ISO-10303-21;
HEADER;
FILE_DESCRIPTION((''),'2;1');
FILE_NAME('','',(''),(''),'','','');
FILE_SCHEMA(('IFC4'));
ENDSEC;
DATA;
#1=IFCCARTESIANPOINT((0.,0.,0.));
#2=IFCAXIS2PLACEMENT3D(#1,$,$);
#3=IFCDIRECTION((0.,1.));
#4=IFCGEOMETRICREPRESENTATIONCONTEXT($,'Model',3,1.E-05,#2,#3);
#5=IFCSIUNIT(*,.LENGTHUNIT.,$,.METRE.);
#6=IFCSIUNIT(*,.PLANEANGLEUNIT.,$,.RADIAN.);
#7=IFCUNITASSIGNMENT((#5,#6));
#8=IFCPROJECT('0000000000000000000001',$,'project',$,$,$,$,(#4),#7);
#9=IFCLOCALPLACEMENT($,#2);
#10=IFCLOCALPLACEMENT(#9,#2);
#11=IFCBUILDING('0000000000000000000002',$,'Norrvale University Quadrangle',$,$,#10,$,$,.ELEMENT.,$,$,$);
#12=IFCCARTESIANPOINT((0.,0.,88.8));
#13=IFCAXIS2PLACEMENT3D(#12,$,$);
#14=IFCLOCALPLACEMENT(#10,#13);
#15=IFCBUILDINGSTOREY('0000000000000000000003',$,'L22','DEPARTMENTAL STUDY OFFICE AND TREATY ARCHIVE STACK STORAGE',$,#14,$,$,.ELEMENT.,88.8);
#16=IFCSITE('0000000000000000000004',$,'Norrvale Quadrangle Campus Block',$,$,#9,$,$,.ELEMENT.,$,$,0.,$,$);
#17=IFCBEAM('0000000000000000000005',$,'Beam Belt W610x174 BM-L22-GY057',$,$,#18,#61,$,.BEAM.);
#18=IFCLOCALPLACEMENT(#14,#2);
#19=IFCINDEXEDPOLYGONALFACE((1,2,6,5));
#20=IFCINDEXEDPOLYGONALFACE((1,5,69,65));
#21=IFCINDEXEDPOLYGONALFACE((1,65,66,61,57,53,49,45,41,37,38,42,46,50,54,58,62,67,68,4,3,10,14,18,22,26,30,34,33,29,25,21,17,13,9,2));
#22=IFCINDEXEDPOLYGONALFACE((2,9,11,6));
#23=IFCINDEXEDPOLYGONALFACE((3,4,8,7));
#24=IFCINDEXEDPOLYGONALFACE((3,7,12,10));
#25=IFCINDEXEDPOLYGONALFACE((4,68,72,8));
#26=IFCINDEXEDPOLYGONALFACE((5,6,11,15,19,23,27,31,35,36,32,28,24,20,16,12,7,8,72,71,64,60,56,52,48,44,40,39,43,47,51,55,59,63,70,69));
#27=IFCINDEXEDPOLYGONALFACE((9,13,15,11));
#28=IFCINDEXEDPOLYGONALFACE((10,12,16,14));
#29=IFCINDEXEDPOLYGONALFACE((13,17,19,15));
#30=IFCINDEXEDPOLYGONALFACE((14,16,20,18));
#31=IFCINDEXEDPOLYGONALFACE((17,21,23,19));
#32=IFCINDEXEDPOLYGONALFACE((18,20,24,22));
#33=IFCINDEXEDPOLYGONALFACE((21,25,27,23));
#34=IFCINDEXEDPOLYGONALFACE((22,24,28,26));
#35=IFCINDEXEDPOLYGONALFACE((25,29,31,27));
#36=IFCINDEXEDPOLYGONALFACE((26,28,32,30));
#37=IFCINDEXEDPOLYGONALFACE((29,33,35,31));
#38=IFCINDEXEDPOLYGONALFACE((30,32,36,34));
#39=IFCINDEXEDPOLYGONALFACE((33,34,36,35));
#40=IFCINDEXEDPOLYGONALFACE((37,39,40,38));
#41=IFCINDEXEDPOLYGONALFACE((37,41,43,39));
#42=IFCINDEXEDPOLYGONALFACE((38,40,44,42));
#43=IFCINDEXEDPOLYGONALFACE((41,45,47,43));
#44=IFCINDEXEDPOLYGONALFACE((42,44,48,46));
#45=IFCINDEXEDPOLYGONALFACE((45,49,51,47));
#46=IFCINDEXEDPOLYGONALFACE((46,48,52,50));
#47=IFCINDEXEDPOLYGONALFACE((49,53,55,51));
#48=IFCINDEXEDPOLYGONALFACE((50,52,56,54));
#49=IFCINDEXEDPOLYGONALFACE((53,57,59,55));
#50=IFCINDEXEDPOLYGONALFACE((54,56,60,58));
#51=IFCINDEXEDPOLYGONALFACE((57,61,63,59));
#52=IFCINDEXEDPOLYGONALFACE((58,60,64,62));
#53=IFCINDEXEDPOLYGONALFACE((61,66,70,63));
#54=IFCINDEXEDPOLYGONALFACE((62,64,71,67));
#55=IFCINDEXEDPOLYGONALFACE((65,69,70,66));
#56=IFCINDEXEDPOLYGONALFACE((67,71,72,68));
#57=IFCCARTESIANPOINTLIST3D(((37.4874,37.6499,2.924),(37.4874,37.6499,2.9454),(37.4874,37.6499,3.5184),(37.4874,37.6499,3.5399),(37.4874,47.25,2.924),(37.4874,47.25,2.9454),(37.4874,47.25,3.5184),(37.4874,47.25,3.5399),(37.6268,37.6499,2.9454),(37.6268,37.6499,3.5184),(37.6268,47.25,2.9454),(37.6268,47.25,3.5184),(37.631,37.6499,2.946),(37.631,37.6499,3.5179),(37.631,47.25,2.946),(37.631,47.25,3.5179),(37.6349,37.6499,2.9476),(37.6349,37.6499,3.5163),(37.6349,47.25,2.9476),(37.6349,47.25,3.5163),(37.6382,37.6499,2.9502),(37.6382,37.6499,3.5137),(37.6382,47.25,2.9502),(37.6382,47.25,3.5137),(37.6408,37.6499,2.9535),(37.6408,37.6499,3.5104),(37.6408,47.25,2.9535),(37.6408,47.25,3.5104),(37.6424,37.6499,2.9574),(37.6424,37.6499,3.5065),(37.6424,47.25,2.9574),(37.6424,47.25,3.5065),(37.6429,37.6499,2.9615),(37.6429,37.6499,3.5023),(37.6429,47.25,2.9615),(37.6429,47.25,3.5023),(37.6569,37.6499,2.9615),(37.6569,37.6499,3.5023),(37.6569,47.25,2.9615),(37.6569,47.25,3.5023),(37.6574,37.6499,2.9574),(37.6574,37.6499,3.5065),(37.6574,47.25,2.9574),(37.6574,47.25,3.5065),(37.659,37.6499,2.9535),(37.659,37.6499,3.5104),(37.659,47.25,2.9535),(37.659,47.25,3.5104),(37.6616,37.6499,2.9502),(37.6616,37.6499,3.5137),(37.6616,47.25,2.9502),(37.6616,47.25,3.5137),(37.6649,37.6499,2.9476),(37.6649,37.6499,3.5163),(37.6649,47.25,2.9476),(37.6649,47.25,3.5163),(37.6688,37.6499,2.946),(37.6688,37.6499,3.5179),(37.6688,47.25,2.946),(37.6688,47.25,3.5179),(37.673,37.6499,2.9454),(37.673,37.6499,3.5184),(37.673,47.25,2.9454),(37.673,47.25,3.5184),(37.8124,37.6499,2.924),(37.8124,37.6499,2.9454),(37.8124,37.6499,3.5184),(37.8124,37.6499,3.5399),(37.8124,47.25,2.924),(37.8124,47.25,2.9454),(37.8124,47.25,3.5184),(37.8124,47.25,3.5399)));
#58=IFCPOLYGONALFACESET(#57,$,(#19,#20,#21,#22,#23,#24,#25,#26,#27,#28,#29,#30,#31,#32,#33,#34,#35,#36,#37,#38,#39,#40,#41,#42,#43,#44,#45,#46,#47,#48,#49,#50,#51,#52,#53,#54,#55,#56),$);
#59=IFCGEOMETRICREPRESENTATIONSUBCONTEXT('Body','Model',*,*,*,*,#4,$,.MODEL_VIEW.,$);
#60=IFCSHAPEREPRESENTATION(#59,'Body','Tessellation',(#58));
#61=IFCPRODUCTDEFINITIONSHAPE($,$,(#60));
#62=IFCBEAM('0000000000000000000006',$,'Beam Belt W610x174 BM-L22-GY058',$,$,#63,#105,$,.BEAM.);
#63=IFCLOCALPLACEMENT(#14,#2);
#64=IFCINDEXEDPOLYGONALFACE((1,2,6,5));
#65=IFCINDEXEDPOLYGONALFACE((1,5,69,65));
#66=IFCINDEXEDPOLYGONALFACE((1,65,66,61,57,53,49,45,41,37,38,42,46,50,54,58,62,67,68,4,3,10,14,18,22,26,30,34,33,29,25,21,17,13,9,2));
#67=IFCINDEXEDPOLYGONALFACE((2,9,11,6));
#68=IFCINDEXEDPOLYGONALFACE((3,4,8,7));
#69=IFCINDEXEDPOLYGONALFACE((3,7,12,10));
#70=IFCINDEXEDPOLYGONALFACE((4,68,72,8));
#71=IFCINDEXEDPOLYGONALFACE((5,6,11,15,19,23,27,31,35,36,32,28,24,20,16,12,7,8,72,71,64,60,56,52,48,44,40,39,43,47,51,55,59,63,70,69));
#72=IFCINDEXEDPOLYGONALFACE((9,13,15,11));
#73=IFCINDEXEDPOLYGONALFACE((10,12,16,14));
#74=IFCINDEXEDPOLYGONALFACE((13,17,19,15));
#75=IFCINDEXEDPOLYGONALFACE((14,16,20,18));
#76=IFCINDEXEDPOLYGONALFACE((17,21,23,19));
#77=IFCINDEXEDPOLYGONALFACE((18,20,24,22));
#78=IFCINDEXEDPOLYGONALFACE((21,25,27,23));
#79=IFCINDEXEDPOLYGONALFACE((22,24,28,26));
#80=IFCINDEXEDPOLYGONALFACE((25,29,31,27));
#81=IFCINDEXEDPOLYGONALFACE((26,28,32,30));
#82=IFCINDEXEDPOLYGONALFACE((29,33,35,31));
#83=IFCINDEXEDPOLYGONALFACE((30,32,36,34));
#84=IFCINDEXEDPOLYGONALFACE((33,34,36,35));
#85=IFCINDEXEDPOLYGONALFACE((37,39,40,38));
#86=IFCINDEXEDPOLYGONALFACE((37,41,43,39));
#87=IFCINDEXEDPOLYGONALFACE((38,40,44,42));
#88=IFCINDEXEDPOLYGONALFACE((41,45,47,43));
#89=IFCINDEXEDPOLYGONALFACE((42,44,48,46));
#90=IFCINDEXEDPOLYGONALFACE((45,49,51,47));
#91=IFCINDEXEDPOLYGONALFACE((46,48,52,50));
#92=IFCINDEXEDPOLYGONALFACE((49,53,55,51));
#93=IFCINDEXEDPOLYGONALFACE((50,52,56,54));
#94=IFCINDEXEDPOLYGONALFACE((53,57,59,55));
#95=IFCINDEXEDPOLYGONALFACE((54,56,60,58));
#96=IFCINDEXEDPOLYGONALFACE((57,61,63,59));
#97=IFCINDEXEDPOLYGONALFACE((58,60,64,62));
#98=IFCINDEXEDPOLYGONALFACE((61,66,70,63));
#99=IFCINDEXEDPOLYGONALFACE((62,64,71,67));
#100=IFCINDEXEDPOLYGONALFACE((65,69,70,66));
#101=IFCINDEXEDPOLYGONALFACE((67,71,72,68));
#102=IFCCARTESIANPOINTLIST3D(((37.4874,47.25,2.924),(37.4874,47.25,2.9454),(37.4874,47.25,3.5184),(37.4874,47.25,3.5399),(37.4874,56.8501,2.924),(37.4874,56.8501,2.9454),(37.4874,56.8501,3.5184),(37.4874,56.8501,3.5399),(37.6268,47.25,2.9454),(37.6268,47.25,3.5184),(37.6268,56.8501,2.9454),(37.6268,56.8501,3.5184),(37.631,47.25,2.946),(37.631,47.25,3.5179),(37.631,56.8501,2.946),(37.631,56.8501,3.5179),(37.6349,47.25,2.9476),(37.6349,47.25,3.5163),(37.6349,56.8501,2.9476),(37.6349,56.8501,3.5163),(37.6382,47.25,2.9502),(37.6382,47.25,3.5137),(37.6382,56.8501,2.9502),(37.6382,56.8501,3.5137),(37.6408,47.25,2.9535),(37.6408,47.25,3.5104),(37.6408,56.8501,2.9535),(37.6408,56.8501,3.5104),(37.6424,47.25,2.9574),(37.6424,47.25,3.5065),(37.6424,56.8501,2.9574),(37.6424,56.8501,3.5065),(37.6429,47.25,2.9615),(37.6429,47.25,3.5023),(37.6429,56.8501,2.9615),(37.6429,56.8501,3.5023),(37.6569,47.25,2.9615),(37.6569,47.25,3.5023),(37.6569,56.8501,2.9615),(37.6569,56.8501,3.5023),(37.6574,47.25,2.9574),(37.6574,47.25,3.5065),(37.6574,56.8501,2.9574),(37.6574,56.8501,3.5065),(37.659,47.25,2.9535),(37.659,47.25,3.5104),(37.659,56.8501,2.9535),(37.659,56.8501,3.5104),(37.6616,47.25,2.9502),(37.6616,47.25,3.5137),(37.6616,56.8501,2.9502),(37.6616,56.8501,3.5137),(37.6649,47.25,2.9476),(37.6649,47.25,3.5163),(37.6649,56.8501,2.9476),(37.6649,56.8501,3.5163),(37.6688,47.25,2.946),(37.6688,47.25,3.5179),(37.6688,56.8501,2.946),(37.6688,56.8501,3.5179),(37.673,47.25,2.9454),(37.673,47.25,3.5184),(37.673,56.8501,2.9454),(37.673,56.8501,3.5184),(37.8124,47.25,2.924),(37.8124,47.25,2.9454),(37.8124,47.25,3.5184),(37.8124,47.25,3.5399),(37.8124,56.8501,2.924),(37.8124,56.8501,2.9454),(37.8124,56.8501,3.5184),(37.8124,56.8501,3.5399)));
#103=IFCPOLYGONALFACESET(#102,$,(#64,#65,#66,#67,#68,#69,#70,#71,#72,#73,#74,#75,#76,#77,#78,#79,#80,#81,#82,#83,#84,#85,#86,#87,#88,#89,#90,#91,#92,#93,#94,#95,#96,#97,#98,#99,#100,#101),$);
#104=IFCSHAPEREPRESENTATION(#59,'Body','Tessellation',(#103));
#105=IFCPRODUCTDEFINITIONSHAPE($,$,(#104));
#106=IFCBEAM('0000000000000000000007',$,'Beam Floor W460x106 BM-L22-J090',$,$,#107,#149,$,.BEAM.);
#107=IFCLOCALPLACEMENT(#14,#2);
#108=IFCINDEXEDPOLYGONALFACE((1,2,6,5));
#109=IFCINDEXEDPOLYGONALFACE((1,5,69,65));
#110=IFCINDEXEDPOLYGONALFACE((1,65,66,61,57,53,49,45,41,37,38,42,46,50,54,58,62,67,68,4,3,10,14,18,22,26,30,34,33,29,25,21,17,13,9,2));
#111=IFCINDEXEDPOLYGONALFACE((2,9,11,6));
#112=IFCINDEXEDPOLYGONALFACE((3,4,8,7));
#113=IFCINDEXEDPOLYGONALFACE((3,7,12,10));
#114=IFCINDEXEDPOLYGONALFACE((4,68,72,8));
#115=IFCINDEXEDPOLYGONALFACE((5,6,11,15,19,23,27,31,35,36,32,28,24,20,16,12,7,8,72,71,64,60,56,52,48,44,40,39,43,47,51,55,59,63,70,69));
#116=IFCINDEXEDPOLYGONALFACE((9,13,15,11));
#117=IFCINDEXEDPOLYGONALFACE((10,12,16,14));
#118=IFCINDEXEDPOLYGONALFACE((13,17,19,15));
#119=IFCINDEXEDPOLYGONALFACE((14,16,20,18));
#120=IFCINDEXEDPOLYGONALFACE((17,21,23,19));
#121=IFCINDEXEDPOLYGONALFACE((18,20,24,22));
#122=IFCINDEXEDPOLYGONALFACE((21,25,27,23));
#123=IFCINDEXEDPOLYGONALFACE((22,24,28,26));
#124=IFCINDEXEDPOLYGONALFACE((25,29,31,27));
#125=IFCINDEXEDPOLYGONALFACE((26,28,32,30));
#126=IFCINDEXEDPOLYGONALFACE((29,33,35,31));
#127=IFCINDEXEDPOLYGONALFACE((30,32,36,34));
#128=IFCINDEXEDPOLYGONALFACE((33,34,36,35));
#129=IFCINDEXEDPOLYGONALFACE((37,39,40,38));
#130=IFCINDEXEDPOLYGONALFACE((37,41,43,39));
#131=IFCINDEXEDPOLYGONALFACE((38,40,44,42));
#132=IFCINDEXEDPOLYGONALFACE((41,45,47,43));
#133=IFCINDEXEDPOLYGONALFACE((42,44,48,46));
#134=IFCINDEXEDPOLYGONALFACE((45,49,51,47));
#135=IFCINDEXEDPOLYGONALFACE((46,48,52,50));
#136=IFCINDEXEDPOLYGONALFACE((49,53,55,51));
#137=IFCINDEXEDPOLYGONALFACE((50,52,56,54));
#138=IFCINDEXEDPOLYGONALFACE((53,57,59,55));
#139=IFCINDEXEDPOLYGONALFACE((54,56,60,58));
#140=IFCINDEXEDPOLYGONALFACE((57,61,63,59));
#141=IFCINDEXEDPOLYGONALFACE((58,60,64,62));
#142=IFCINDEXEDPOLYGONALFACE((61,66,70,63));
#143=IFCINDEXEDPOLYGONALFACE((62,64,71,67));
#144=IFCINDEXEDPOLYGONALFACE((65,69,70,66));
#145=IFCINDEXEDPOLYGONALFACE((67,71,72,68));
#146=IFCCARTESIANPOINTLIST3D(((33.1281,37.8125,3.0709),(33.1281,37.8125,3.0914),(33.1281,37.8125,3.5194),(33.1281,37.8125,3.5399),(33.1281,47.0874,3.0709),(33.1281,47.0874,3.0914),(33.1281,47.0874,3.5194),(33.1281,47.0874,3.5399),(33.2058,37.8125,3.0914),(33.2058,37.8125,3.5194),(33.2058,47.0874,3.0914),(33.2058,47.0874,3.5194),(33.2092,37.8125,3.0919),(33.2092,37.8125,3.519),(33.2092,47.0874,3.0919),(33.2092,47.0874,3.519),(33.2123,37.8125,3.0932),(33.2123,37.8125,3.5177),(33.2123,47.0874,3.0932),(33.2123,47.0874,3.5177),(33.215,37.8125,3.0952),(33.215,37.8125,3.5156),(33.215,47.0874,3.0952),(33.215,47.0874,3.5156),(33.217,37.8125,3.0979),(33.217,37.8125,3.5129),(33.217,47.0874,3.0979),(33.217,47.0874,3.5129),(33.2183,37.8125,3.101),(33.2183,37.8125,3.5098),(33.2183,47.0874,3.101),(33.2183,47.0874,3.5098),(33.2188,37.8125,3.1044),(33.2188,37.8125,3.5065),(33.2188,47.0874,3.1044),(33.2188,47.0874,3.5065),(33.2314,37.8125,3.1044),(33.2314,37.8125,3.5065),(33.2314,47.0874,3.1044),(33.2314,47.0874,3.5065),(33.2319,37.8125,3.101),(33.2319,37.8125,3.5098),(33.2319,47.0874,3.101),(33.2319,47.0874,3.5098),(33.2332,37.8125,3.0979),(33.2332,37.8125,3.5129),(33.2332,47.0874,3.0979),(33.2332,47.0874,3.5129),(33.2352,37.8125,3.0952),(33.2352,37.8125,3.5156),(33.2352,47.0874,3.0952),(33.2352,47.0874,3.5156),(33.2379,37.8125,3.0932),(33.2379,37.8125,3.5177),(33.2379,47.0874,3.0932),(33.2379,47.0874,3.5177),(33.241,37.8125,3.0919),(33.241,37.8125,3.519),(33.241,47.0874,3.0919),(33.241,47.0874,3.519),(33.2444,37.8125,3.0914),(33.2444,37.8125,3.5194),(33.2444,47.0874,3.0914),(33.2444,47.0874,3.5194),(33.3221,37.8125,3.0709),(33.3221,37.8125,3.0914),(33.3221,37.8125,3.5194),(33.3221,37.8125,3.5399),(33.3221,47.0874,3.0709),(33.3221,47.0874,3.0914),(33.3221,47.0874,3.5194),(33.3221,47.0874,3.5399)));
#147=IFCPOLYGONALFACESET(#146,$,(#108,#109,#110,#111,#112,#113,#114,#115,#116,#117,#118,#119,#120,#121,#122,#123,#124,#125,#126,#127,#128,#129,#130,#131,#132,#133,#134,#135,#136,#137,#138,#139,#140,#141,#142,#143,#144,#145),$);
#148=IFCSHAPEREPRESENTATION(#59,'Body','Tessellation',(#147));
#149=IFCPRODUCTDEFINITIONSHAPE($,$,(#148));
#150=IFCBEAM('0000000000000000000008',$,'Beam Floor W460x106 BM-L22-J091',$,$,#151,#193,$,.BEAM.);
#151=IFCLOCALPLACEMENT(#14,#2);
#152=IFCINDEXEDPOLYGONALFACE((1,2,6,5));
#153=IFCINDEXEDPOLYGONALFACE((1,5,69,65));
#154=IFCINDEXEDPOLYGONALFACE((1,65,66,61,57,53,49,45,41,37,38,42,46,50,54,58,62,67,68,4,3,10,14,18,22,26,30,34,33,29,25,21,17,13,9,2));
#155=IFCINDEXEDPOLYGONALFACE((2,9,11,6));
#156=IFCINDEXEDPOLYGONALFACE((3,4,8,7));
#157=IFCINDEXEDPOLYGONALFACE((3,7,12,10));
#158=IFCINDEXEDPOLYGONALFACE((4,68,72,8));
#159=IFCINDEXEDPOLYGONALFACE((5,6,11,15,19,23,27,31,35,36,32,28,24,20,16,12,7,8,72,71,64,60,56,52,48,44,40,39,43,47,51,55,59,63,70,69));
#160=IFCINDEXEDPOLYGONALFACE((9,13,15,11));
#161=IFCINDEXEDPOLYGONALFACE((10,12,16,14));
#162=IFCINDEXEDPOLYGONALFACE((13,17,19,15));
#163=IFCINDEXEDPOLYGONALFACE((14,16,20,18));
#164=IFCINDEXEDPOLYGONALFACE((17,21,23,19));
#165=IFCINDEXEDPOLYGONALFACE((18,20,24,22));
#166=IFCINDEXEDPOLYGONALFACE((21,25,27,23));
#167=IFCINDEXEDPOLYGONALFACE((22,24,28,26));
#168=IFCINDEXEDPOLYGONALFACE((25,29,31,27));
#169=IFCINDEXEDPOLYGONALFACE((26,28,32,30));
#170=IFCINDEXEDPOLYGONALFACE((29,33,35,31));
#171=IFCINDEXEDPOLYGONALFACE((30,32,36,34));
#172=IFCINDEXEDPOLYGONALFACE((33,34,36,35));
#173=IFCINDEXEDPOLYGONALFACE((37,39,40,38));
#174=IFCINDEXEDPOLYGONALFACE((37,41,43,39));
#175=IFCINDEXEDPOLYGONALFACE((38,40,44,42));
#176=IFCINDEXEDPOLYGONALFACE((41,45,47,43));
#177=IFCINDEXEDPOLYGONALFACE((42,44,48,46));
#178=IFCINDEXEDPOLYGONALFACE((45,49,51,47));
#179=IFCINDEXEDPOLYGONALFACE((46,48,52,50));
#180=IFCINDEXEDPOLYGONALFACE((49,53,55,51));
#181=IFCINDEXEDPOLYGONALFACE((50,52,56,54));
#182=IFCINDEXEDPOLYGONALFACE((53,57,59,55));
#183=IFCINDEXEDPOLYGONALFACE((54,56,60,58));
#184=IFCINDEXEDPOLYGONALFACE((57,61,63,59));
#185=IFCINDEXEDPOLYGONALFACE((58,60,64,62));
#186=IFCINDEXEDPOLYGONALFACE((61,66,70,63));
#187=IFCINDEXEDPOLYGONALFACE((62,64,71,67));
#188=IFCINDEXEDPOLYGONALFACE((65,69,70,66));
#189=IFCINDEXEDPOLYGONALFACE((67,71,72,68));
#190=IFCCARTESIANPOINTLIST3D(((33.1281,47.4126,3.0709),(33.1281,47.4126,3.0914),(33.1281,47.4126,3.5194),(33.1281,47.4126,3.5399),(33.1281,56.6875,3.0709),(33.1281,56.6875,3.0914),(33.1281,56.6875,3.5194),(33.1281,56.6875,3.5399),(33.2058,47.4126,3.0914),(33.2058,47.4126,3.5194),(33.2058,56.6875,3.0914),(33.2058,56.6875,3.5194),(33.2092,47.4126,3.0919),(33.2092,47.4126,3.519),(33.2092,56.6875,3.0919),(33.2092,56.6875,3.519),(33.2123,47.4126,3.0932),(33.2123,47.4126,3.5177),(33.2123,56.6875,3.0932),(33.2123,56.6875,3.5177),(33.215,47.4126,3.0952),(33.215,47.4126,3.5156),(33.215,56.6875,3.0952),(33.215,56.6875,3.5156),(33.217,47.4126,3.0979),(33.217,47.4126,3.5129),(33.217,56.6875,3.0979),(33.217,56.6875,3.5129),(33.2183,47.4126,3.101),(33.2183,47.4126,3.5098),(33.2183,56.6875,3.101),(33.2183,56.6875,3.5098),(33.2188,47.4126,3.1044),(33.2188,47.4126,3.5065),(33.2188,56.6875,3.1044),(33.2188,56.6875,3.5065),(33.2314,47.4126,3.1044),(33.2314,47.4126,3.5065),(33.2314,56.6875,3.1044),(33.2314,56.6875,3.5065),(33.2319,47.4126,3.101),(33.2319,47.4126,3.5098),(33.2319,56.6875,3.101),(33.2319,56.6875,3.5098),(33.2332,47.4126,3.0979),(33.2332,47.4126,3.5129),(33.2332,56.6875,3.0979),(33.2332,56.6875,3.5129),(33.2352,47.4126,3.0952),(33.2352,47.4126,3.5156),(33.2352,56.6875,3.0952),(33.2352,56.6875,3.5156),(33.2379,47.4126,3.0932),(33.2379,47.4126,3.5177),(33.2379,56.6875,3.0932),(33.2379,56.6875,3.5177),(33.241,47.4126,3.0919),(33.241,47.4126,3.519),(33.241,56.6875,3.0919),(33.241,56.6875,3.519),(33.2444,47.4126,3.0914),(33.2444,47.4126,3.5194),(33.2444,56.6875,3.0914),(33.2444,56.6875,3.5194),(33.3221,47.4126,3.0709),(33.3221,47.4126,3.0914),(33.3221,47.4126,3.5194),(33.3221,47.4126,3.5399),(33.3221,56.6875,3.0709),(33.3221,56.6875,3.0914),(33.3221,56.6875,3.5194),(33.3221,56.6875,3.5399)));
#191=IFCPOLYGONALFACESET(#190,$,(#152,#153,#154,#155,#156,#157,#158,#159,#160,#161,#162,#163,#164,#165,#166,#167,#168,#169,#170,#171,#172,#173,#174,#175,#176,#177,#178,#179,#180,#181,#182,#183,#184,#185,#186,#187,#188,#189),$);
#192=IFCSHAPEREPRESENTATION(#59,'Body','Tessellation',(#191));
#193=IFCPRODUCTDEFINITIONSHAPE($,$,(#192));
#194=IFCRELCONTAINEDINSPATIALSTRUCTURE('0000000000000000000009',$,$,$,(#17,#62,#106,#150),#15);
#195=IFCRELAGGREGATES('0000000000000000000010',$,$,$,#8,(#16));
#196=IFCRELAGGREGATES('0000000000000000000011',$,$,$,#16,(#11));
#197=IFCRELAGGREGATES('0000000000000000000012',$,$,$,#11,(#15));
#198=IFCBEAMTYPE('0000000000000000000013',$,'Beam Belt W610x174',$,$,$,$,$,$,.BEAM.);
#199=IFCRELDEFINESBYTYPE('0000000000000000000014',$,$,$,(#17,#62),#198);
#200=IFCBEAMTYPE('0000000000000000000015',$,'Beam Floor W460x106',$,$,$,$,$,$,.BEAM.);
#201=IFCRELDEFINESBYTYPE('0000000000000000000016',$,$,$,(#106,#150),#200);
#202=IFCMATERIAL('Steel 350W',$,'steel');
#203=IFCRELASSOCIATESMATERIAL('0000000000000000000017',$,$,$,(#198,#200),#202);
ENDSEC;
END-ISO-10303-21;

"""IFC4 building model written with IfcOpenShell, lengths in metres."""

from ifc_helpers import new_model, si_unit, direction, frame, origin, origin_2d, place, context, subcontext, project, spatial, i_section, extrude, material, material_profile, profile_set, type_object, element, save


model = new_model("IFC4")

# Units and contexts
model_context = context("Model", 3, precision=1e-05, world=origin(), true_north=direction((0.0, 1.0)))
body_context = subcontext(model_context, "Body", "Model", "MODEL_VIEW")
ifc_project = project(units=[si_unit("LENGTHUNIT", "METRE"), si_unit("PLANEANGLEUNIT", "RADIAN")], contexts=[model_context])

# Site, building, storey
site_placement = place(None, origin())
site = spatial("IfcSite", under=ifc_project, at=site_placement, Name="Norrvale Quadrangle Campus Block", CompositionType="ELEMENT", RefElevation=0.0)
building_placement = place(site_placement, origin())
building = spatial("IfcBuilding", under=site, at=building_placement, Name="Norrvale University Quadrangle", CompositionType="ELEMENT")
storey_placement = place(building_placement, frame((0.0, 0.0, 88.8)))
storey = spatial("IfcBuildingStorey", under=building, at=storey_placement, Name="L22", Description="DEPARTMENTAL STUDY OFFICE AND TREATY ARCHIVE STACK STORAGE", CompositionType="ELEMENT", Elevation=88.8)

# Beams
ifc_material_1 = material(Name="Steel 350W", Category="steel")
ifc_material_profile_1 = material_profile(ifc_material_1, i_section(OverallWidth=0.325, OverallDepth=0.616, WebThickness=0.0139, FlangeThickness=0.0215, FilletRadius=0.0161, at=origin_2d()), Name="Steel 350W")
ifc_profile_set_1 = profile_set([ifc_material_profile_1], Name="Steel 350W")
beam_type_1 = type_object("IfcBeamType", Name="Beam Belt W610x174", PredefinedType="BEAM", material=ifc_profile_set_1)
for number, where, z_axis, x_axis, name in (
    (1, (37.6499, 37.6499, 3.2319), (0.0, 1.0, 0.0), (-1.0, 0.0, 0.0), "Beam Belt W610x174 BM-L22-GY057"),
    (2, (37.6499, 47.25, 3.2319), (0.0, 1.0, 0.0), (-1.0, 0.0, 0.0), "Beam Belt W610x174 BM-L22-GY058"),
):
    element("IfcBeam", number, at=place(storey_placement, frame(where, z_axis=z_axis, x_axis=x_axis)), inside=storey, type_object=beam_type_1, Name=name, PredefinedType="BEAM", context=body_context, shape_type="SweptSolid", body=[
        extrude(i_section(OverallWidth=0.325, OverallDepth=0.616, WebThickness=0.0139, FlangeThickness=0.0215, FilletRadius=0.0161, at=origin_2d()), origin(), (0.0, 0.0, 1.0), 9.6001),
    ])
ifc_material_profile_2 = material_profile(ifc_material_1, i_section(OverallWidth=0.1941, OverallDepth=0.469, WebThickness=0.0127, FlangeThickness=0.0205, FilletRadius=0.0129, at=origin_2d()), Name="Steel 350W")
ifc_profile_set_2 = profile_set([ifc_material_profile_2], Name="Steel 350W")
beam_type_2 = type_object("IfcBeamType", Name="Beam Floor W460x106", PredefinedType="BEAM", material=ifc_profile_set_2)
for number, where, z_axis, x_axis, name in (
    (3, (33.2251, 37.8125, 3.3054), (0.0, 1.0, 0.0), (-1.0, 0.0, 0.0), "Beam Floor W460x106 BM-L22-J090"),
    (4, (33.2251, 47.4126, 3.3054), (0.0, 1.0, 0.0), (-1.0, 0.0, 0.0), "Beam Floor W460x106 BM-L22-J091"),
):
    element("IfcBeam", number, at=place(storey_placement, frame(where, z_axis=z_axis, x_axis=x_axis)), inside=storey, type_object=beam_type_2, Name=name, PredefinedType="BEAM", context=body_context, shape_type="SweptSolid", body=[
        extrude(i_section(OverallWidth=0.1941, OverallDepth=0.469, WebThickness=0.0127, FlangeThickness=0.0205, FilletRadius=0.0129, at=origin_2d()), origin(), (0.0, 0.0, 1.0), 9.2749),
    ])

save(model, "model.ifc")
